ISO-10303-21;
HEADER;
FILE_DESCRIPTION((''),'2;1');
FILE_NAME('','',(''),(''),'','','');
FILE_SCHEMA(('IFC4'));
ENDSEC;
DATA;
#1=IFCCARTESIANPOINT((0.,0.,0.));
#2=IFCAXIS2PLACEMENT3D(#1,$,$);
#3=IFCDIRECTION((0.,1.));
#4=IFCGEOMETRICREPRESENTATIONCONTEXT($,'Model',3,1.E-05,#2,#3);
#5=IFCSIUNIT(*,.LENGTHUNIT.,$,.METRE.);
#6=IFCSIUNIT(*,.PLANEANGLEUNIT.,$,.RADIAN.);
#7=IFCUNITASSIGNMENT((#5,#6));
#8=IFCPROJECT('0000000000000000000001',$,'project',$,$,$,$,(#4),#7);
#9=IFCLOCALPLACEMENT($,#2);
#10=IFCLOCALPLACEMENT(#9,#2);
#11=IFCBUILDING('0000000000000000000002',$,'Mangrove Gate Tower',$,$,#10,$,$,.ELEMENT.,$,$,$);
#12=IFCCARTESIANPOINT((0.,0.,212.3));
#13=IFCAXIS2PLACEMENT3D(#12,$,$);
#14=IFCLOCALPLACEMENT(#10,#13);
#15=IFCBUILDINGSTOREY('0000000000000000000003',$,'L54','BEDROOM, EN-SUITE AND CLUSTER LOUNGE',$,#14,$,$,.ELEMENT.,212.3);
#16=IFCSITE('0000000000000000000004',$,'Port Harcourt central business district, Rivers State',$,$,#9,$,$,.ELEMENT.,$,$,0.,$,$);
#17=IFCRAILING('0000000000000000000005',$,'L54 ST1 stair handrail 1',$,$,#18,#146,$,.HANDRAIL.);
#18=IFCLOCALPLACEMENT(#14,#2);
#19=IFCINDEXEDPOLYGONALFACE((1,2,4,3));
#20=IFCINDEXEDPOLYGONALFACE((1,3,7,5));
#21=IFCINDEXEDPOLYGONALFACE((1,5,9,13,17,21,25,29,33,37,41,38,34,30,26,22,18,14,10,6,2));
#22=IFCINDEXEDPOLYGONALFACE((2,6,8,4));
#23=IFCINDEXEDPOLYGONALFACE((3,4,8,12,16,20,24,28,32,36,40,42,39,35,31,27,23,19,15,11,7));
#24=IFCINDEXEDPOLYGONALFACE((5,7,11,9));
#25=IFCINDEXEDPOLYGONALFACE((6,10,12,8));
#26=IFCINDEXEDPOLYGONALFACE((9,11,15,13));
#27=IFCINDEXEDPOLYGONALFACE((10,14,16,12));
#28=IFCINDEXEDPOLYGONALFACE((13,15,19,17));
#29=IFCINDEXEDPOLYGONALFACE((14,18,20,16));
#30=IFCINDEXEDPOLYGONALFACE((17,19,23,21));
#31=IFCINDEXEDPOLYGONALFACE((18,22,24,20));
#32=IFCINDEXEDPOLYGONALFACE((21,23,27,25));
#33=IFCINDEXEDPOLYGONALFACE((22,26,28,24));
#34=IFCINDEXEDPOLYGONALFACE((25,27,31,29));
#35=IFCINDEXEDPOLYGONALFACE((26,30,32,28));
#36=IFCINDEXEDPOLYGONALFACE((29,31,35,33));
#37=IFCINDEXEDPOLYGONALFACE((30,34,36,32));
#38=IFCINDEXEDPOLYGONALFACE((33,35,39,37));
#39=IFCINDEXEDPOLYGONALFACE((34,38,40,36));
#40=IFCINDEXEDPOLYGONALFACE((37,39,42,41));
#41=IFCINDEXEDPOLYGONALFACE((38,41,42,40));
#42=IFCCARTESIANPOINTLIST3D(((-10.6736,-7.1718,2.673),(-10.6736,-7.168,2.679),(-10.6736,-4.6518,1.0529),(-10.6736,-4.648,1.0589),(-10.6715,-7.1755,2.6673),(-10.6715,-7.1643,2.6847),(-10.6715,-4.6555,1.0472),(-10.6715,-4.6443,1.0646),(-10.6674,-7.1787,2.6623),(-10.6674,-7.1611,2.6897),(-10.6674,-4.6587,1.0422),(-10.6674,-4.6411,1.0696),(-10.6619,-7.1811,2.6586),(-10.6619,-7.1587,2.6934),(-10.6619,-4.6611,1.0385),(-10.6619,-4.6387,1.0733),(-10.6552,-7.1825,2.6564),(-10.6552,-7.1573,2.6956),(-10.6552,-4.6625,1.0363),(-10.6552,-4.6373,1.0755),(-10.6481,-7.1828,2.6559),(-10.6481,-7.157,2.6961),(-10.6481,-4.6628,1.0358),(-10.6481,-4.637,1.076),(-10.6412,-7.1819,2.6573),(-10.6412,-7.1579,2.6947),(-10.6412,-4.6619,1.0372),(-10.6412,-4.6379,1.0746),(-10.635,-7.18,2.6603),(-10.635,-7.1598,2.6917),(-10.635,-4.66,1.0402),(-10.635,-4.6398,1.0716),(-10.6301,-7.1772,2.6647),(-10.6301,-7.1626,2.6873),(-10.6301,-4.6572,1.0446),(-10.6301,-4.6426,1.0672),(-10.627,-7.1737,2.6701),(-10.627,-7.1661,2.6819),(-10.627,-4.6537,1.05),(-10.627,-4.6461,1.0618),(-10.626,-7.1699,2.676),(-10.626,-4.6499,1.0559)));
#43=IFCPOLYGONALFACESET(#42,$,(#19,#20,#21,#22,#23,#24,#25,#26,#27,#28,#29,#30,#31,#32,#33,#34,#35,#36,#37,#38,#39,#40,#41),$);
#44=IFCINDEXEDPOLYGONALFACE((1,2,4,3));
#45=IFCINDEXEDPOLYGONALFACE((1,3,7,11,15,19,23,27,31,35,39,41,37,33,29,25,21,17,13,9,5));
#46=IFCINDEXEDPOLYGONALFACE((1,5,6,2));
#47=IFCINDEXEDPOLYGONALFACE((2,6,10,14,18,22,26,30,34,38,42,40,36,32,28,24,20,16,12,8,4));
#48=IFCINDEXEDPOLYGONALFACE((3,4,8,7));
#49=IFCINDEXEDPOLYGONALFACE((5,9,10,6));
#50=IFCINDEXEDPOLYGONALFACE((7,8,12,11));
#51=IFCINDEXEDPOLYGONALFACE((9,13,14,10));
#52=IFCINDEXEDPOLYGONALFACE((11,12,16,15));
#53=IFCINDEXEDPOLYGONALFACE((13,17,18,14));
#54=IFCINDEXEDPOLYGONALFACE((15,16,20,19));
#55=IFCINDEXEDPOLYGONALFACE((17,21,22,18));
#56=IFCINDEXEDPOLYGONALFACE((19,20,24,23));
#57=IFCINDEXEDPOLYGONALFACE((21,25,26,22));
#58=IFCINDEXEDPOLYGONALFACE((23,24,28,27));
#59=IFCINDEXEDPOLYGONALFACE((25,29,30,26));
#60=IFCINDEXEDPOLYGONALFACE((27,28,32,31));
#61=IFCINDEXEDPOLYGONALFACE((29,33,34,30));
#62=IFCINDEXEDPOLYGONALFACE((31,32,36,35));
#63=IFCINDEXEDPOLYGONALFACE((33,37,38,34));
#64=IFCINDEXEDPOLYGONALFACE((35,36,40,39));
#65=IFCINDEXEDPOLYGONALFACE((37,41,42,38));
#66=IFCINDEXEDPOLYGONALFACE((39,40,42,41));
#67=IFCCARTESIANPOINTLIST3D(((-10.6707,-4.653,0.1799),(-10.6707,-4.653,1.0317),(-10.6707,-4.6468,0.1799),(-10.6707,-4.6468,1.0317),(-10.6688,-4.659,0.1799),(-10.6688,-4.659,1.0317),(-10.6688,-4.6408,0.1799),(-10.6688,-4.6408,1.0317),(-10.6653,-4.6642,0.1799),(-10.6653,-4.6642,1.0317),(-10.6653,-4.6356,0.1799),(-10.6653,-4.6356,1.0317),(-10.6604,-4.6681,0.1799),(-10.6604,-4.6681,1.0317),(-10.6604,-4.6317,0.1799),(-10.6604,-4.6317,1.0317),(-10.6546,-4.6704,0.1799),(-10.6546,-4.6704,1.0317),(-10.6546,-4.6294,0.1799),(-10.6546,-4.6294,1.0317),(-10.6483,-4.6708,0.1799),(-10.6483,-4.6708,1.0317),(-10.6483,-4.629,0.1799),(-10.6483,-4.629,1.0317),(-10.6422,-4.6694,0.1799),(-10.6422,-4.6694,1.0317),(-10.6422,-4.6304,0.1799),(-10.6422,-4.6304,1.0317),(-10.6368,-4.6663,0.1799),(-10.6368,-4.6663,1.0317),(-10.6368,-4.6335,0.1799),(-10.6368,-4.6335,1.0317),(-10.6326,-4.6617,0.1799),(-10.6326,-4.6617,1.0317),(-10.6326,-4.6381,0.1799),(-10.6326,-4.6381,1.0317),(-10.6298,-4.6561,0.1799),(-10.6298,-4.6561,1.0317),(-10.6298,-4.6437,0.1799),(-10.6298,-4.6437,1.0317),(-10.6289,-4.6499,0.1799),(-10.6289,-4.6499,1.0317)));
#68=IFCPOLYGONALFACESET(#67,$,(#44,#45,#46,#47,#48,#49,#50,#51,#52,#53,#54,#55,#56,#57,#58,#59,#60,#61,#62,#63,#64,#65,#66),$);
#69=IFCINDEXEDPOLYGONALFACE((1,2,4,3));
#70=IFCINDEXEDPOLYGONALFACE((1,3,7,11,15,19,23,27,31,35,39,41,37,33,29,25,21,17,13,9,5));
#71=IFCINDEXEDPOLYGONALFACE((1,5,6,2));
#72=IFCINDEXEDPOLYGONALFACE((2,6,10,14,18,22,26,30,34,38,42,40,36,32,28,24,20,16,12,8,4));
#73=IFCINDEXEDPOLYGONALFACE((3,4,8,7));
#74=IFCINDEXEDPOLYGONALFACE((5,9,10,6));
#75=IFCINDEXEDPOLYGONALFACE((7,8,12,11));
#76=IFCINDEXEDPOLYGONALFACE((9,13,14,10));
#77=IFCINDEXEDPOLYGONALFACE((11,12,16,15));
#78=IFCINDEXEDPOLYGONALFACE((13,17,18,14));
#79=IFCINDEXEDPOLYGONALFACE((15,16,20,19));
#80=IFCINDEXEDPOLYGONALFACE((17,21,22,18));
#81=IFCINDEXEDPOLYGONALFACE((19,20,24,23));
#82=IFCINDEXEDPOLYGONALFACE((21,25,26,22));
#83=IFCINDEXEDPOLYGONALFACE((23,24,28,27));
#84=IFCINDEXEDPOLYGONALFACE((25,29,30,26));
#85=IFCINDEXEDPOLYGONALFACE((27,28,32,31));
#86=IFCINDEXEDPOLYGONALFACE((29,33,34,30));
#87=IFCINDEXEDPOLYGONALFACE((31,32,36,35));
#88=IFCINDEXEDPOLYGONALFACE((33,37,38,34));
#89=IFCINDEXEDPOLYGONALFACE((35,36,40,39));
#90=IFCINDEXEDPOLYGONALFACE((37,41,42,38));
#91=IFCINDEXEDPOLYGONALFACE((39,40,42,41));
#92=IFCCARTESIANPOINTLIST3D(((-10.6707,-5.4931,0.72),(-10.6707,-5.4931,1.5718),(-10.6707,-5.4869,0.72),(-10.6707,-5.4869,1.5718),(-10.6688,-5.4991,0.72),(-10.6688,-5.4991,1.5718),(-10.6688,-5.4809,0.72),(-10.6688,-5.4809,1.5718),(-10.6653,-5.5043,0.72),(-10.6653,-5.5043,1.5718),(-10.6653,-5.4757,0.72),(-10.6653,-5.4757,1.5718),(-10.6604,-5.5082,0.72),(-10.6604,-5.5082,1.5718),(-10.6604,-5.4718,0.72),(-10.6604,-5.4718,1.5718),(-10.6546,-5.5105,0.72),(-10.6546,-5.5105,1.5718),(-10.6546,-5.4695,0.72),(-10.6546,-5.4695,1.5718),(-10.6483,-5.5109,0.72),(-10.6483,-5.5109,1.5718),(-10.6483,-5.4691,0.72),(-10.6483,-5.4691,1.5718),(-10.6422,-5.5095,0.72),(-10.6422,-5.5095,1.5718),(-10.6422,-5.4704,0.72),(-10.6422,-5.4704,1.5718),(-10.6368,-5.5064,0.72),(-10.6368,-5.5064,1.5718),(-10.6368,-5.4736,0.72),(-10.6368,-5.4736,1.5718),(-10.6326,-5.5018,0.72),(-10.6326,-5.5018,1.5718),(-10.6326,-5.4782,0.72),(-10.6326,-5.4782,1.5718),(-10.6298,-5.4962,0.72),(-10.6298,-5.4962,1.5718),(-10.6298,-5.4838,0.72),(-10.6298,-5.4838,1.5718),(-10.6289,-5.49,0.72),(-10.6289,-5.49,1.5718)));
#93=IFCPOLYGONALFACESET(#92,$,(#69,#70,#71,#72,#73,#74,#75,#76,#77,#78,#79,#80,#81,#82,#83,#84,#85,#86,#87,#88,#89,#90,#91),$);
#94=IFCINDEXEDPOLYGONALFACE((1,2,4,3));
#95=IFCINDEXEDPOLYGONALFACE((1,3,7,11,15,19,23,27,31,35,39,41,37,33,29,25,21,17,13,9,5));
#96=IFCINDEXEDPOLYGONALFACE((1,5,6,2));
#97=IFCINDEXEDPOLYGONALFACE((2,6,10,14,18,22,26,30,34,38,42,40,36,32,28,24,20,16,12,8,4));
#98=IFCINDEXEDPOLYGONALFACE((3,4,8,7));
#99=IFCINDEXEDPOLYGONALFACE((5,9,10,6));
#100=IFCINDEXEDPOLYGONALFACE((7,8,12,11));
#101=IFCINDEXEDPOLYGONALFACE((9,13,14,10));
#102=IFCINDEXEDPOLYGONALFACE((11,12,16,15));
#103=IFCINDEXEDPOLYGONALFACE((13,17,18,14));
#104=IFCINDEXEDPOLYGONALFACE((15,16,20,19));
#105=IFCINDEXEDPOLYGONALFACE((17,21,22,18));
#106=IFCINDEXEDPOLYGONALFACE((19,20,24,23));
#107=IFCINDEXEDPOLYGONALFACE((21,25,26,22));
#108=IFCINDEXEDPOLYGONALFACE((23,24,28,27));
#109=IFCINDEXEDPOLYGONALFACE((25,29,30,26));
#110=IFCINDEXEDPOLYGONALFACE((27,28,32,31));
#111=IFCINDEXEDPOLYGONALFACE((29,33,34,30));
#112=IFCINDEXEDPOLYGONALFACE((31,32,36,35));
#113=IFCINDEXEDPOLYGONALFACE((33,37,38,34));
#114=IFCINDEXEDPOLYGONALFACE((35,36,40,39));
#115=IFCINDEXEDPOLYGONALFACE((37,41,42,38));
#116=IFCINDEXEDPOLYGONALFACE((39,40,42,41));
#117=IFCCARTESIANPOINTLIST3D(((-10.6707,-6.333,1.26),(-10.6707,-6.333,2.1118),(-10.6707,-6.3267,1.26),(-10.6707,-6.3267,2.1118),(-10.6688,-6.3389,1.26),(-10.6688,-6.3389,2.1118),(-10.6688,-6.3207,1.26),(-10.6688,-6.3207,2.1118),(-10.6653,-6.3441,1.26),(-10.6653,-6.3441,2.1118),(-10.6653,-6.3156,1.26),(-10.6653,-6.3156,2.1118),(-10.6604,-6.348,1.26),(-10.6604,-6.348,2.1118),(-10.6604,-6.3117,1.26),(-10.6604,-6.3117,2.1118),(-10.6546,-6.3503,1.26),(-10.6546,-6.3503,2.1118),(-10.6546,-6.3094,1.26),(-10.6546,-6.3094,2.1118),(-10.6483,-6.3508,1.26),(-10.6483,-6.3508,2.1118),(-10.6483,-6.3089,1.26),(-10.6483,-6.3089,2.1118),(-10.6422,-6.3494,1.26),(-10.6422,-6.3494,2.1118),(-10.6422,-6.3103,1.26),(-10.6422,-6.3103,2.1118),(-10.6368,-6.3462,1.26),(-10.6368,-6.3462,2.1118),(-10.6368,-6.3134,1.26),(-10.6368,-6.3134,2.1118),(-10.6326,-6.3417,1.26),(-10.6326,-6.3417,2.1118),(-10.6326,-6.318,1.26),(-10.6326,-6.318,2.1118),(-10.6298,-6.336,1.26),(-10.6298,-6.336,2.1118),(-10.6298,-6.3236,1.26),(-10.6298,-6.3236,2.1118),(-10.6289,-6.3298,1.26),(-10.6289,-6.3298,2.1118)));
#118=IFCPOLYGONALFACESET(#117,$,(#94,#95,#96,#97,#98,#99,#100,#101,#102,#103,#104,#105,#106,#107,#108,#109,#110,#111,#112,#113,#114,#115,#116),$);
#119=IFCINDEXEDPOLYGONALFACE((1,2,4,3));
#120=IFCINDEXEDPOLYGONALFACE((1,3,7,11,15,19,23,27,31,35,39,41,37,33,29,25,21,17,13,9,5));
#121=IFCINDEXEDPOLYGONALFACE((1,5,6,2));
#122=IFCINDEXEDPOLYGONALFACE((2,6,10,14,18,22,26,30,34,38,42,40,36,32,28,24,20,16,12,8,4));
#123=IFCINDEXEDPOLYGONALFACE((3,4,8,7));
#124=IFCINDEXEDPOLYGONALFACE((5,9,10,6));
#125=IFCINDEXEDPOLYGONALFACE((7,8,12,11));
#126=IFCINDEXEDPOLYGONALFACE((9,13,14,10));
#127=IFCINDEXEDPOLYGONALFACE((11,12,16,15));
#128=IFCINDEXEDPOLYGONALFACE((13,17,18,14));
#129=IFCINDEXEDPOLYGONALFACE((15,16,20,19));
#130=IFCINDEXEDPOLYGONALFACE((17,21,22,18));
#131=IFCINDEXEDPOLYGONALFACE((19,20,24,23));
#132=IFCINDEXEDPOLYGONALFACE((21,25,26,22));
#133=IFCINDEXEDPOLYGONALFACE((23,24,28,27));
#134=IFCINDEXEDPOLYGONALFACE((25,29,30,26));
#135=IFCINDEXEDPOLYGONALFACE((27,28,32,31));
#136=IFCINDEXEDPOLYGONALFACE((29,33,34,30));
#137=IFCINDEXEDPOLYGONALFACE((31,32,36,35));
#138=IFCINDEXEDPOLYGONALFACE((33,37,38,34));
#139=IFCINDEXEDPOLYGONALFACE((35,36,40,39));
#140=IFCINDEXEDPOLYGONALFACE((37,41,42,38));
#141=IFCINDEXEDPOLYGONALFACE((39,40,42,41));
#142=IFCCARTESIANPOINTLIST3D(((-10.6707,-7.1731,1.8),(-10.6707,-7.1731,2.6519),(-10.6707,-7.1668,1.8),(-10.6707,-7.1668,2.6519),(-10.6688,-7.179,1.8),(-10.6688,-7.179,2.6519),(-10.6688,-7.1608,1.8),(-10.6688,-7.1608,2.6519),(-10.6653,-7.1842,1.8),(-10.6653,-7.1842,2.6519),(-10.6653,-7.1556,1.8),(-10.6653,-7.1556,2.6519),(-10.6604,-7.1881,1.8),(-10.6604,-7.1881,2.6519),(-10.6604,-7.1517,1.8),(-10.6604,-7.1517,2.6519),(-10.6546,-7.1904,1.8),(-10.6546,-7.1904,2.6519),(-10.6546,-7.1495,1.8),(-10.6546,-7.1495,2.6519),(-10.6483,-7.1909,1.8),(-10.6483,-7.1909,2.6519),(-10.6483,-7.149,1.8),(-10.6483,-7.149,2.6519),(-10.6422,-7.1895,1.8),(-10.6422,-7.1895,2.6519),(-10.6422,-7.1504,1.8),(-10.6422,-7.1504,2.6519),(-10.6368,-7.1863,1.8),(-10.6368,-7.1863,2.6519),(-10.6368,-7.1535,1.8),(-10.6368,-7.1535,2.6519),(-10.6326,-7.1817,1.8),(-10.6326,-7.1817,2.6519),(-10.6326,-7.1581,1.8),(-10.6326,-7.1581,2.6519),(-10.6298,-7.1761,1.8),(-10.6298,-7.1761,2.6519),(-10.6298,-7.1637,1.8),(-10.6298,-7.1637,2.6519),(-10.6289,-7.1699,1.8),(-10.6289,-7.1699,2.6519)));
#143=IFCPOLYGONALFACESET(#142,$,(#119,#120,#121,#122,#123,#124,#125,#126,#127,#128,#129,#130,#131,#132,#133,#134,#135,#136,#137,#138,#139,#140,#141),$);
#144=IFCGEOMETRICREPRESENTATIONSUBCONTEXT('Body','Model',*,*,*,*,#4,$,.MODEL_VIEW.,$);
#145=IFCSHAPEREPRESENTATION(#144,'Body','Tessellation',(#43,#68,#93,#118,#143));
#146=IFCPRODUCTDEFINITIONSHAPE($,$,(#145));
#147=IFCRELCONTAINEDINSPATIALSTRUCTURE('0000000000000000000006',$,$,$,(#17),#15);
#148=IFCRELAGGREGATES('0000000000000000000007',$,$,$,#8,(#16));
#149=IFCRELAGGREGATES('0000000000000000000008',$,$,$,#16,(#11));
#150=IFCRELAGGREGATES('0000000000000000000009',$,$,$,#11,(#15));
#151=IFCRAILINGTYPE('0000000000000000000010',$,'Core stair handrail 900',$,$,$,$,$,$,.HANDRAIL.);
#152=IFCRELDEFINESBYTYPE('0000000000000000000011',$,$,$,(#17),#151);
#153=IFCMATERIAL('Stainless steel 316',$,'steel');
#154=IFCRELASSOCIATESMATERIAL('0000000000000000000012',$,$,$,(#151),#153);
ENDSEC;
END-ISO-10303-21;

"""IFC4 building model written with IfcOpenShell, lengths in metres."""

from ifc_helpers import new_model, si_unit, direction, frame, origin, origin_2d, place, context, subcontext, project, spatial, circle, extrude, material, type_object, element, save


model = new_model("IFC4")

# Units and contexts
model_context = context("Model", 3, precision=1e-05, world=origin(), true_north=direction((0.0, 1.0)))
body_context = subcontext(model_context, "Body", "Model", "MODEL_VIEW")
ifc_project = project(units=[si_unit("LENGTHUNIT", "METRE"), si_unit("PLANEANGLEUNIT", "RADIAN")], contexts=[model_context])

# Site, building, storey
site_placement = place(None, origin())
site = spatial("IfcSite", under=ifc_project, at=site_placement, Name="Port Harcourt central business district, Rivers State", CompositionType="ELEMENT", RefElevation=0.0)
building_placement = place(site_placement, origin())
building = spatial("IfcBuilding", under=site, at=building_placement, Name="Mangrove Gate Tower", CompositionType="ELEMENT")
storey_placement = place(building_placement, frame((0.0, 0.0, 212.3)))
storey = spatial("IfcBuildingStorey", under=building, at=storey_placement, Name="L54", Description="BEDROOM, EN-SUITE AND CLUSTER LOUNGE", CompositionType="ELEMENT", Elevation=212.3)

# Railing
ifc_material_1 = material(Name="Stainless steel 316", Category="steel")
railing_type_1 = type_object("IfcRailingType", Name="Core stair handrail 900", PredefinedType="HANDRAIL", material=ifc_material_1)
railing_1_placement = place(storey_placement, frame((-10.6499, -4.6499, 0.1799)))
element("IfcRailing", 1, at=railing_1_placement, inside=storey, type_object=railing_type_1, Name="L54 ST1 stair handrail 1", PredefinedType="HANDRAIL", context=body_context, shape_type="SweptSolid", body=[
    extrude(circle(Radius=0.0239, at=origin_2d()), frame((0.0, 0.0, 0.876), z_axis=(0.0, -0.841163, 0.540782), x_axis=(1.0, 0.0, 0.0)), (0.0, 0.0, 1.0), 2.9958),
    extrude(circle(Radius=0.021, at=origin_2d()), origin(), (0.0, 0.0, 1.0), 0.8518),
    extrude(circle(Radius=0.021, at=origin_2d()), frame((0.0, -0.8401, 0.54)), (0.0, 0.0, 1.0), 0.8518),
    extrude(circle(Radius=0.021, at=origin_2d()), frame((0.0, -1.6799, 1.0801)), (0.0, 0.0, 1.0), 0.8518),
    extrude(circle(Radius=0.021, at=origin_2d()), frame((0.0, -2.52, 1.6201)), (0.0, 0.0, 1.0), 0.8518),
])

save(model, "model.ifc")
